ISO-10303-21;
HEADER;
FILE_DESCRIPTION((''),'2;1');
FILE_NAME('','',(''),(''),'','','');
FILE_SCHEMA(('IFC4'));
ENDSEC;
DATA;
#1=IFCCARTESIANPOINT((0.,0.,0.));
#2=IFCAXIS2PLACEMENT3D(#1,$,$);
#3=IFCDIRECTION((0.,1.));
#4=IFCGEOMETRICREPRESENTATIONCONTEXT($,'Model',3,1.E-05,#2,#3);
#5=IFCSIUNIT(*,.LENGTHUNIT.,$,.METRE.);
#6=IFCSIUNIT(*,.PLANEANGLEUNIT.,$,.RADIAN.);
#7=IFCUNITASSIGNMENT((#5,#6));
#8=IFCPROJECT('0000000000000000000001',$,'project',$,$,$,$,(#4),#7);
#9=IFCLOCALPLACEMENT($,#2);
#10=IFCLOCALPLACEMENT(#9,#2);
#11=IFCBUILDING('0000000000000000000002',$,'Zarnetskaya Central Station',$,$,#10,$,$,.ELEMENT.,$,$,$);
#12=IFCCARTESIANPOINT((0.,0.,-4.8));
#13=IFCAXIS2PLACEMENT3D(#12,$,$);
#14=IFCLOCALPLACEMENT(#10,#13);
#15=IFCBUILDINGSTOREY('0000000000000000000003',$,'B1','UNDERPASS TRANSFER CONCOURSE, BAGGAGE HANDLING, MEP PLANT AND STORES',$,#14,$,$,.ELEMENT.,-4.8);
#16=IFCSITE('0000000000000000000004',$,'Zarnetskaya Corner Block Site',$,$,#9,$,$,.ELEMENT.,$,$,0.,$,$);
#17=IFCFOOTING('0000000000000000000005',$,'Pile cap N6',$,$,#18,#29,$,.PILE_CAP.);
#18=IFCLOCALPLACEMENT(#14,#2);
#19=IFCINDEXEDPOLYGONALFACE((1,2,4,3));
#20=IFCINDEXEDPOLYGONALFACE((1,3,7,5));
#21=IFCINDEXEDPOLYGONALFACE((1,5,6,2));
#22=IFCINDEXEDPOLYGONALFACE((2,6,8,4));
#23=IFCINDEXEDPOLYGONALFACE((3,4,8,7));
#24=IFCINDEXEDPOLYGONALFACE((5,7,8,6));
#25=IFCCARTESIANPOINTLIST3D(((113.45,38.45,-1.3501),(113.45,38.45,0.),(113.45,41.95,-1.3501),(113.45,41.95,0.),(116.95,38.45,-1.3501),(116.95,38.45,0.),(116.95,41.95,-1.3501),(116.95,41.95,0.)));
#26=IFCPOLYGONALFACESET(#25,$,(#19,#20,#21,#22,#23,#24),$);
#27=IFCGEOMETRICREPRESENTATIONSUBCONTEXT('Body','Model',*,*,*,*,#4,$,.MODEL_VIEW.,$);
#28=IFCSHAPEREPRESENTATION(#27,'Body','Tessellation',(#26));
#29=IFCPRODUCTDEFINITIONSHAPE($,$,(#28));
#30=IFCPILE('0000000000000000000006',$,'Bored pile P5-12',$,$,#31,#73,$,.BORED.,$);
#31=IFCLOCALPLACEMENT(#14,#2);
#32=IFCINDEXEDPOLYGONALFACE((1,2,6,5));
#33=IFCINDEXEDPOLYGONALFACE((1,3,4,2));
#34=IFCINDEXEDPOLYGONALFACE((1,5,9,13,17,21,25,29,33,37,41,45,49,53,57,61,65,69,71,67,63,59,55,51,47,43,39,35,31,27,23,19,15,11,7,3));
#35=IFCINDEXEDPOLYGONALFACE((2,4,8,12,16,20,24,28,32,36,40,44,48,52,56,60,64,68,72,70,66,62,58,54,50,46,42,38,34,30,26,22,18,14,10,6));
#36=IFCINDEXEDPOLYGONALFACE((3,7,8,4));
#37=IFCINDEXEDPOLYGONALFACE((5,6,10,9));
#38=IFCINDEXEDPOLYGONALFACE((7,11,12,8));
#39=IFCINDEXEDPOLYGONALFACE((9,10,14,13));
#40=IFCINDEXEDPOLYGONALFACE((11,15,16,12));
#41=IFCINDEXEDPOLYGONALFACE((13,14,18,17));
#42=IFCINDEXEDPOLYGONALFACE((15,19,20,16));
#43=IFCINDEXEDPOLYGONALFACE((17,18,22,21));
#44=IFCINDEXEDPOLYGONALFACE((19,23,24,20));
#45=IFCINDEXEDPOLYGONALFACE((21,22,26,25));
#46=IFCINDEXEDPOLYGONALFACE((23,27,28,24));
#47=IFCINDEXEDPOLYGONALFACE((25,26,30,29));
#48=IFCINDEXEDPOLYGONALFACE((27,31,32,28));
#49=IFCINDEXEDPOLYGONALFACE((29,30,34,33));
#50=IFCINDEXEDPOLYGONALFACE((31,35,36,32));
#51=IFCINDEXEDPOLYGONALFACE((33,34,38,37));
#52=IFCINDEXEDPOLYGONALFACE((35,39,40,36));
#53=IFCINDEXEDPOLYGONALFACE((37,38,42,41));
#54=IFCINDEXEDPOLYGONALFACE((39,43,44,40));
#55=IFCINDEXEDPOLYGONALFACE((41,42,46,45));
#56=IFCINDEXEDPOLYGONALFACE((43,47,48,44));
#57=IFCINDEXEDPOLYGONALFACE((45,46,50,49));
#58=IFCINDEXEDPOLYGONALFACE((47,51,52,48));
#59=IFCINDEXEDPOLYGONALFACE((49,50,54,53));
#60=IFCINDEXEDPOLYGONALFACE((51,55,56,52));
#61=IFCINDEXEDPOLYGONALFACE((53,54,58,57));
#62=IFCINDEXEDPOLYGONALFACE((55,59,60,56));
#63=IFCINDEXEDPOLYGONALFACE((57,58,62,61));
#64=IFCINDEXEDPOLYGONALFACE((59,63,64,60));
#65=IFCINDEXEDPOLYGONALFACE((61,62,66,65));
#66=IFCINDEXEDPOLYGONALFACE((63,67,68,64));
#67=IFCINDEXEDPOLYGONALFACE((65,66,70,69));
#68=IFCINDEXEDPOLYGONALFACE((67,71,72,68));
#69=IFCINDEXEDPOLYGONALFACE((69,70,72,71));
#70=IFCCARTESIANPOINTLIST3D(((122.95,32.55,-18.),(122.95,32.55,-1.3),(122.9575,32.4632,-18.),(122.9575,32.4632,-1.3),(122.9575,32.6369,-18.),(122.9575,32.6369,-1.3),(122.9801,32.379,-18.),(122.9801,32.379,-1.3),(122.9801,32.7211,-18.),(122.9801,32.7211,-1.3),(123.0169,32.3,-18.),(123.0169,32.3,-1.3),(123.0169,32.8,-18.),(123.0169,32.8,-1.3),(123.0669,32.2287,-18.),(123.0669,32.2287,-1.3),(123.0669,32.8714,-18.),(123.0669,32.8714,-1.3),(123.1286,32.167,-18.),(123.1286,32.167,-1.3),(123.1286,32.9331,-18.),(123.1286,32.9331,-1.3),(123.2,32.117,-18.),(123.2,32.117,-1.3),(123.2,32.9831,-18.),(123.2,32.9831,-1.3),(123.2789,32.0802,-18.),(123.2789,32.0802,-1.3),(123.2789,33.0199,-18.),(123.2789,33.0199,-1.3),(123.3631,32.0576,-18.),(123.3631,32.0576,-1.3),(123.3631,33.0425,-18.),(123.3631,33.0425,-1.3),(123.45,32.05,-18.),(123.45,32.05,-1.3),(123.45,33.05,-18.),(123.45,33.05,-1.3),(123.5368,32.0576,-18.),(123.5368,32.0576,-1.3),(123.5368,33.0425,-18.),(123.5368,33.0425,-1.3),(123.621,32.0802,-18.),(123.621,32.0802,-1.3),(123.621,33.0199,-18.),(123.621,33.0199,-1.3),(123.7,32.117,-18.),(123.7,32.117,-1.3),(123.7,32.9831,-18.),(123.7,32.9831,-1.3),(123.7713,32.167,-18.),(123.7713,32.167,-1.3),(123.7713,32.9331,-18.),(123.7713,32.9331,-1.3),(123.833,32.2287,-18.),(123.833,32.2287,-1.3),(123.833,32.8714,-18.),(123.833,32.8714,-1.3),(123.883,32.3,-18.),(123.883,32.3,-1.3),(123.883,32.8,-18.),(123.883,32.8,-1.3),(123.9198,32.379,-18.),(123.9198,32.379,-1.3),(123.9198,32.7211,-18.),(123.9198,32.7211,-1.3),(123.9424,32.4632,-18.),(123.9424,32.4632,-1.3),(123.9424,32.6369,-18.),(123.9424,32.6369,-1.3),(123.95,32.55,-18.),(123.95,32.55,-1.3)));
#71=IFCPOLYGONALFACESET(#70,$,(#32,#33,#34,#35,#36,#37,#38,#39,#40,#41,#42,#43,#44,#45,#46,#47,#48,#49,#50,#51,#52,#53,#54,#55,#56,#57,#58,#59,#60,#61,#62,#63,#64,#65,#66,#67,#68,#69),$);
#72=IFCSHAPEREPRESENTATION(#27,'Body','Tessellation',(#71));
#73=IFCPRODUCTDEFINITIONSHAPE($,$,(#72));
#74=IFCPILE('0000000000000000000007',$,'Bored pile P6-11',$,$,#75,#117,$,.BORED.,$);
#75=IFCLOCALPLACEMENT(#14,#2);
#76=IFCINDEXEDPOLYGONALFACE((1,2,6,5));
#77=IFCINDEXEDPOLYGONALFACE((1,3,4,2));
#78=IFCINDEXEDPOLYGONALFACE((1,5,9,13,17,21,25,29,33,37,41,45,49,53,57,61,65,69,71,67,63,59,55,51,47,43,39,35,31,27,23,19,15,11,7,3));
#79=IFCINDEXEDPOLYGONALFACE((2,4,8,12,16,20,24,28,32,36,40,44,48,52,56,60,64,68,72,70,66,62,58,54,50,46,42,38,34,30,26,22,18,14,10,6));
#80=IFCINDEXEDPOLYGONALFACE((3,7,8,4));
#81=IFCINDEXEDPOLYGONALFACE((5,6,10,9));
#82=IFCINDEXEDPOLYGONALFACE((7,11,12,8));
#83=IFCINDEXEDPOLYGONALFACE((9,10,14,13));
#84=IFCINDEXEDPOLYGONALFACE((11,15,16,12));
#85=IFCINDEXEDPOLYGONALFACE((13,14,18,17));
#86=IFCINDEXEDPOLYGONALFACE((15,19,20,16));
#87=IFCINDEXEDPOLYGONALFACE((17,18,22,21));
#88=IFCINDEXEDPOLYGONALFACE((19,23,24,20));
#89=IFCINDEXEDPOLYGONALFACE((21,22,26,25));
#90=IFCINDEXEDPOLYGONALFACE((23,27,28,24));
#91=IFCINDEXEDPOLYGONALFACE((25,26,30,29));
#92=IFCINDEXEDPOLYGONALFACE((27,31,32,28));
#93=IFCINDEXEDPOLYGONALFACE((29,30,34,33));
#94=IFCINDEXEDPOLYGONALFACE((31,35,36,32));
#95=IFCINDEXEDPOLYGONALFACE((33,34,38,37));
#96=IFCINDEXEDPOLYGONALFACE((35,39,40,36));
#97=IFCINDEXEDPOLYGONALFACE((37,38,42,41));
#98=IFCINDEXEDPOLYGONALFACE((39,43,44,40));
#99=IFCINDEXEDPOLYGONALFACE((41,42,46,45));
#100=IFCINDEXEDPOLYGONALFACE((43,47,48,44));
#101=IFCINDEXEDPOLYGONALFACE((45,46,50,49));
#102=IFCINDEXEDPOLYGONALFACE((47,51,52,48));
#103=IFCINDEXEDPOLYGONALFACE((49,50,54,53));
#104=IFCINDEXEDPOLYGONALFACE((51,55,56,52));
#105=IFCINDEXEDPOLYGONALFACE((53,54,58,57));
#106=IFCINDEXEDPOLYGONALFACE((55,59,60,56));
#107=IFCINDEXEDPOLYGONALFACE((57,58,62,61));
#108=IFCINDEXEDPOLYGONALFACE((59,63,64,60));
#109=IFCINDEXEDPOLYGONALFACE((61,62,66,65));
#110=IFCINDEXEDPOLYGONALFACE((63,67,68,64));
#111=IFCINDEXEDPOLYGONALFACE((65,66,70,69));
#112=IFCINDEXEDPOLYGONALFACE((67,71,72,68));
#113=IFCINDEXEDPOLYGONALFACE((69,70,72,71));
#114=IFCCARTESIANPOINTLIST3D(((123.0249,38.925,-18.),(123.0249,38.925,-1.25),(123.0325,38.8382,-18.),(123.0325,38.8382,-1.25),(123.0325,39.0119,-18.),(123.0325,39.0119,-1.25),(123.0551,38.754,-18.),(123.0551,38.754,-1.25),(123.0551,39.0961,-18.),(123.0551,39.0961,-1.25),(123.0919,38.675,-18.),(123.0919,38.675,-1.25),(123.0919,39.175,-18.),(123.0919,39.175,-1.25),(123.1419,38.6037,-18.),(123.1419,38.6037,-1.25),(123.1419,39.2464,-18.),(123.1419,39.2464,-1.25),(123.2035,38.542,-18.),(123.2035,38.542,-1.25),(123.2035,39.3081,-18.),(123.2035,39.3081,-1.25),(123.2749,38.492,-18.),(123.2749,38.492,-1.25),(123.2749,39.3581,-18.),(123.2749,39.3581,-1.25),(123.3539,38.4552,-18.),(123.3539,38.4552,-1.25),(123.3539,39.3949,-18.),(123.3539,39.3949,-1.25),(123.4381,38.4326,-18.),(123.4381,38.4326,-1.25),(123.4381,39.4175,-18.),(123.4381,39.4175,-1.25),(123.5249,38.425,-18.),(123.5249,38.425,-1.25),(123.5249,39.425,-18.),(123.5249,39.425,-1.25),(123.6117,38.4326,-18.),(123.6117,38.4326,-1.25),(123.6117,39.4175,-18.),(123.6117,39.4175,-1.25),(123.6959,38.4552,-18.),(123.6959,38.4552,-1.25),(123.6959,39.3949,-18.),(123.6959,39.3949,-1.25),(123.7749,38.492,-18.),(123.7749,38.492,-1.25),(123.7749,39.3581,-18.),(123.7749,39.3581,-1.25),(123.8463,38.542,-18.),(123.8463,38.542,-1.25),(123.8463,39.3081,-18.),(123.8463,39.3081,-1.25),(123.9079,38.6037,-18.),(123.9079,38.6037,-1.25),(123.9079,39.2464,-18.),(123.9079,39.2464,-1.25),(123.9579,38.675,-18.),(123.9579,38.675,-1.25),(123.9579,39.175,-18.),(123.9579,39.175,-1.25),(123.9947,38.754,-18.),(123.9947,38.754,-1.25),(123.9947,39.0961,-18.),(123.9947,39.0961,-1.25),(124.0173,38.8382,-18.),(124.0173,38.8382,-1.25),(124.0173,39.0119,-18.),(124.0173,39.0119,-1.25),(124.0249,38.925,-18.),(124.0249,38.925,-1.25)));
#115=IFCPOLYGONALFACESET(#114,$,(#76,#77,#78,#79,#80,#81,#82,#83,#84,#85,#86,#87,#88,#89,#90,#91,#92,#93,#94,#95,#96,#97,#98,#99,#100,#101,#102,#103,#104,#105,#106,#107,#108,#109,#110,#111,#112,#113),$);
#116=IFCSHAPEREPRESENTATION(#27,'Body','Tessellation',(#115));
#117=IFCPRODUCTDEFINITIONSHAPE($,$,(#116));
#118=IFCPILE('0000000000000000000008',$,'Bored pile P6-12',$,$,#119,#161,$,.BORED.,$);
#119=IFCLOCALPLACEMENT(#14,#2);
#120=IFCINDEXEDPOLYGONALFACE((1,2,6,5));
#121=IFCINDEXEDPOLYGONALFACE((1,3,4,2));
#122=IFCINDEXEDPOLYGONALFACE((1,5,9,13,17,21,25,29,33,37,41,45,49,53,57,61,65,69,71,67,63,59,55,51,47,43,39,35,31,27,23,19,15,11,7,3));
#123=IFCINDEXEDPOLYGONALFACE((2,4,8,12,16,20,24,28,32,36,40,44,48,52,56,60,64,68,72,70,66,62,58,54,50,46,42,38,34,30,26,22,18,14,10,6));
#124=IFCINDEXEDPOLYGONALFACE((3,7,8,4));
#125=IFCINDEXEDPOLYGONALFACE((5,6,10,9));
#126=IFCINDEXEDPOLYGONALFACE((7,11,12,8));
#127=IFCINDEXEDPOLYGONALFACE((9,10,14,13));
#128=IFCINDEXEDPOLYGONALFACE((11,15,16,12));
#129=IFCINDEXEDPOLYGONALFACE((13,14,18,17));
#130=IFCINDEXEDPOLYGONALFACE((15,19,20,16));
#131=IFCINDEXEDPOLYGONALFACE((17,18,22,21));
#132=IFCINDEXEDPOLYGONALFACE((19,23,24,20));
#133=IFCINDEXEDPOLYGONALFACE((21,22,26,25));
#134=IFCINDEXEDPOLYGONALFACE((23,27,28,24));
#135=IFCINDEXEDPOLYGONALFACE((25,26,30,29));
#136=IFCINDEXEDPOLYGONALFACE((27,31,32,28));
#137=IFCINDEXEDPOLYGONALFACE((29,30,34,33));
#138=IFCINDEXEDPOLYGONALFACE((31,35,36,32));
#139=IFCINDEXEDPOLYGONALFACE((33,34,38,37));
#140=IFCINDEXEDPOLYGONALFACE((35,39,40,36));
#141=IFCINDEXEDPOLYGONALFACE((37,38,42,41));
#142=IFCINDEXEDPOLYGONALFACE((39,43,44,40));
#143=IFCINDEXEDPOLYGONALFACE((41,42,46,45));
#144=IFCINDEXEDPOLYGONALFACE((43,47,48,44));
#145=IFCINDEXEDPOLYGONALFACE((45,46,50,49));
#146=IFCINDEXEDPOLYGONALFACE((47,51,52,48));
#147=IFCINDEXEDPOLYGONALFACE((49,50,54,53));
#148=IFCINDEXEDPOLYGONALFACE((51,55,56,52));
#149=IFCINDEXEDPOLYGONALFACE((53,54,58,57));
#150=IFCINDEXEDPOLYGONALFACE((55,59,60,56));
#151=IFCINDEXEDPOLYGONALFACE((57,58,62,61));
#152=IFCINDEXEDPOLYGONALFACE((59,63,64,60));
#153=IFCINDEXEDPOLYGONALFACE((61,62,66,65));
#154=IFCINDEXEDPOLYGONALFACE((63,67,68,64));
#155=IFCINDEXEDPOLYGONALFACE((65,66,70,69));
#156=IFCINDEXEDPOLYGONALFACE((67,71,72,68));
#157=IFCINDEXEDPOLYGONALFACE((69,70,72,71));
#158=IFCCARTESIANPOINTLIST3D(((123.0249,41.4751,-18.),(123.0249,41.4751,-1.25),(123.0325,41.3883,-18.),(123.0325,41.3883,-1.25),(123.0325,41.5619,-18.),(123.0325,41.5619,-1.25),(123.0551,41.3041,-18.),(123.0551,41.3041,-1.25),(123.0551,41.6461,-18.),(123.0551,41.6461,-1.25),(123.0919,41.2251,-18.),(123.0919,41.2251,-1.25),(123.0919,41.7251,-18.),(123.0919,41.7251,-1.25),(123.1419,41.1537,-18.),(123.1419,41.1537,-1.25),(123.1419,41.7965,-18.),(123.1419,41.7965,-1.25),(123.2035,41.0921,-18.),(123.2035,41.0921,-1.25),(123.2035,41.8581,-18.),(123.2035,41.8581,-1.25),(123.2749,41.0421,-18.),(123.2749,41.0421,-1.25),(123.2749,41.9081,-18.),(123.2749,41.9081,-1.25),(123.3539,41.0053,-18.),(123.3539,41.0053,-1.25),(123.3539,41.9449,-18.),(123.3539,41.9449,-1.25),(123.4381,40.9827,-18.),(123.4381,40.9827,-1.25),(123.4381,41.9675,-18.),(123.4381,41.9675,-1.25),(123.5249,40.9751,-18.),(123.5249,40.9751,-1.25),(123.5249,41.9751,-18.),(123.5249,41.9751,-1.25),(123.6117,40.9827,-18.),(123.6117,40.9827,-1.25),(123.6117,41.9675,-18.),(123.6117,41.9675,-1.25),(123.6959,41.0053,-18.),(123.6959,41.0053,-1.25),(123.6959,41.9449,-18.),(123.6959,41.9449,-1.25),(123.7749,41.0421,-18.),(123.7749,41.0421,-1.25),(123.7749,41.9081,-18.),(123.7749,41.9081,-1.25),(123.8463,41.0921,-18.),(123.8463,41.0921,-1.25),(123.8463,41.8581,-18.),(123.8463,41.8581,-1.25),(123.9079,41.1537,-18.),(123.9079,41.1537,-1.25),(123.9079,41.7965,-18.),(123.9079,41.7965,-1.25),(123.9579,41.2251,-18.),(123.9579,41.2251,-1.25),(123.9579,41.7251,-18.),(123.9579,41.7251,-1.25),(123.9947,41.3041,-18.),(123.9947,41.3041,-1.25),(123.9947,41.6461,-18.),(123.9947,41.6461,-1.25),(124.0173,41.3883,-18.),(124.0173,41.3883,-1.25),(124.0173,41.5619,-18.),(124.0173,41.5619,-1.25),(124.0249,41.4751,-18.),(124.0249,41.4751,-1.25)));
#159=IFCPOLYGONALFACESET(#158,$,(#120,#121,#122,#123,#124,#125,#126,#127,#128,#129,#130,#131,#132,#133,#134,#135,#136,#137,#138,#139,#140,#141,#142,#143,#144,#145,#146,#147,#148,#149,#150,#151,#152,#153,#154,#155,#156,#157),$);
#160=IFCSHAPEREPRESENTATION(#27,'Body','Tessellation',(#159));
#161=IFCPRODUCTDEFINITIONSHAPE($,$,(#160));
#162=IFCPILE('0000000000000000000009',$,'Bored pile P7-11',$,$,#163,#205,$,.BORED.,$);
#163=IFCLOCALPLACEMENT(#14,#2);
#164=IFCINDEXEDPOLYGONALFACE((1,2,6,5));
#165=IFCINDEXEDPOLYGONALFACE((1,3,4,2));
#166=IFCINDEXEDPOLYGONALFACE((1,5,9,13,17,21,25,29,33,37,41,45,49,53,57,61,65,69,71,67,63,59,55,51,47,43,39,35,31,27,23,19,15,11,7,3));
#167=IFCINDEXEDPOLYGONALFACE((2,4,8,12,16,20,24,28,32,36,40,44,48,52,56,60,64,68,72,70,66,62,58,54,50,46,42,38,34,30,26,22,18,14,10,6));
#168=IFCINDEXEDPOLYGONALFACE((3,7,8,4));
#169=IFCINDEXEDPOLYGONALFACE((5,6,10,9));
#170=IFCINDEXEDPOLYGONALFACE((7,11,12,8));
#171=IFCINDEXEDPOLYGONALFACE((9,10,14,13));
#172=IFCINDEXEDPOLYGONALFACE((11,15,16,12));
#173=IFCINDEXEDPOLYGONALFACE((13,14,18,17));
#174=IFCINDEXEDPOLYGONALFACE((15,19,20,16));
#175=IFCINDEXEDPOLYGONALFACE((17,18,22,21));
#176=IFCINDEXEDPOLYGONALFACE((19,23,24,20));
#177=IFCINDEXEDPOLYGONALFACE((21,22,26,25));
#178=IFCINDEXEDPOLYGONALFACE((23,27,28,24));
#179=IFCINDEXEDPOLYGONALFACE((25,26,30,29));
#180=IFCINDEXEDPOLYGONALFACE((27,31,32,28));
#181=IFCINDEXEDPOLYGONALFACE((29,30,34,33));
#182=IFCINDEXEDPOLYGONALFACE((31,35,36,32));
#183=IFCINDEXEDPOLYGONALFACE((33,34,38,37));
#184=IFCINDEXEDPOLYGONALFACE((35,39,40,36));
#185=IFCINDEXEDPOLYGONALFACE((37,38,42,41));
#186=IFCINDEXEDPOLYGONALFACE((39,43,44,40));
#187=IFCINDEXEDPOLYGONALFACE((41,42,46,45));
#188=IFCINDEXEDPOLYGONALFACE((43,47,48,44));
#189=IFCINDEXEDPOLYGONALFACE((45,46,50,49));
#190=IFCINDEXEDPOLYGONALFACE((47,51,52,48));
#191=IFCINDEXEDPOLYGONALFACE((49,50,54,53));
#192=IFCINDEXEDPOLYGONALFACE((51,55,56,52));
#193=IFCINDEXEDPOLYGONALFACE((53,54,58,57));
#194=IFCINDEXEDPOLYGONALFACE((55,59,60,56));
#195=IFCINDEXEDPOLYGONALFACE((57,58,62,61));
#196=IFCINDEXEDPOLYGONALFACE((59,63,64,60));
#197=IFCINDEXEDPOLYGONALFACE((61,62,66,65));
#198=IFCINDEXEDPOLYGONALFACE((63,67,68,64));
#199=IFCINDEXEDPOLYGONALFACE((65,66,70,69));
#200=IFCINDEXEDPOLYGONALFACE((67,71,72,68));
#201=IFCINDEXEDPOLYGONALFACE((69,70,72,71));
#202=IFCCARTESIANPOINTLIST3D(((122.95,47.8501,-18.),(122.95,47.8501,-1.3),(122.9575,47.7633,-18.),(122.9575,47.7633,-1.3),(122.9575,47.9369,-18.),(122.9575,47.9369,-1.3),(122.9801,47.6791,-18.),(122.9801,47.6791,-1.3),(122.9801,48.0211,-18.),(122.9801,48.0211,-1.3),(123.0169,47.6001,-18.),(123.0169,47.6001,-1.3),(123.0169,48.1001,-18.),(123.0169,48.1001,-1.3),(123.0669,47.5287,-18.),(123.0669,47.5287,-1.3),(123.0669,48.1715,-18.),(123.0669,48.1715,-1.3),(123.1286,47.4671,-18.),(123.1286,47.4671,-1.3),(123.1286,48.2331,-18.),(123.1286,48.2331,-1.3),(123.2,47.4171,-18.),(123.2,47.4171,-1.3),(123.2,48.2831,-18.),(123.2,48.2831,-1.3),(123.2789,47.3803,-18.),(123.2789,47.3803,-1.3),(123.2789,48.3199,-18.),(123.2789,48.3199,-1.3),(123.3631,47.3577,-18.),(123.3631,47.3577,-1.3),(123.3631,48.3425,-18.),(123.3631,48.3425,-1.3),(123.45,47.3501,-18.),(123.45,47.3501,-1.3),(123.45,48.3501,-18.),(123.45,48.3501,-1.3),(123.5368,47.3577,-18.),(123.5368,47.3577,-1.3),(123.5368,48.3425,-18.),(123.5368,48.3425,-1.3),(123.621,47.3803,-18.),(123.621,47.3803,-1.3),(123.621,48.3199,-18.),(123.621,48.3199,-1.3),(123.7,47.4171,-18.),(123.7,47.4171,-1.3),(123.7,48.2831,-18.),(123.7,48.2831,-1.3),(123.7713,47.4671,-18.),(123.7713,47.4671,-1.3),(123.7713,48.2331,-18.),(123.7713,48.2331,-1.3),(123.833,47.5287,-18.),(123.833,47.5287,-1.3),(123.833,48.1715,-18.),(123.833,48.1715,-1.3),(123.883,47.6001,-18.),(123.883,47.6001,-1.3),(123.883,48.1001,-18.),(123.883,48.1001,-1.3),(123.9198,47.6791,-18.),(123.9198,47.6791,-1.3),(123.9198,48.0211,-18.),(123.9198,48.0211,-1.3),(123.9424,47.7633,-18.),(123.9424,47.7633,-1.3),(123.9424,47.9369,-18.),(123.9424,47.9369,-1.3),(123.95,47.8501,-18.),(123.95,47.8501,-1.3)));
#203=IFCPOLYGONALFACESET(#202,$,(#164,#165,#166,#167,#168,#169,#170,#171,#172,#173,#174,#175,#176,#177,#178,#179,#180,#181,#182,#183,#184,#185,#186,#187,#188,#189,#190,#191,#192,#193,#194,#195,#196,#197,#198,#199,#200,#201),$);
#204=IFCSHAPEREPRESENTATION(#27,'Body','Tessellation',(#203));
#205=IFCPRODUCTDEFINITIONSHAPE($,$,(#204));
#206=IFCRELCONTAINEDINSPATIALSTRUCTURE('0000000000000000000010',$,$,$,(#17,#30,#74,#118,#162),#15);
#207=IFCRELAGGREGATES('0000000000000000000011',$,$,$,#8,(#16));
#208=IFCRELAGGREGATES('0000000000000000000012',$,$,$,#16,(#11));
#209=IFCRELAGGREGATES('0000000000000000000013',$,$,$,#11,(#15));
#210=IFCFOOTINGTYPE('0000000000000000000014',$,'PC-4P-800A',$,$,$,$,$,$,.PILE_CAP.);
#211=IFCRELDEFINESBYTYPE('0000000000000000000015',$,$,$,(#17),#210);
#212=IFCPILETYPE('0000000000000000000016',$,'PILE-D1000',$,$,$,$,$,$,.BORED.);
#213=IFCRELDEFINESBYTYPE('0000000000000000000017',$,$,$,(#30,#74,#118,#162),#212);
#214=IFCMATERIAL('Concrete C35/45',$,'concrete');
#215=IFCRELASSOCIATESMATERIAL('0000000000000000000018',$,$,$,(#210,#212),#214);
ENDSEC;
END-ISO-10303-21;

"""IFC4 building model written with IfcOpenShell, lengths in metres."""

from ifc_helpers import new_model, si_unit, direction, frame, origin, origin_2d, place, context, subcontext, project, spatial, rectangle, circle, extrude, material, material_profile, profile_set, type_object, element, save


model = new_model("IFC4")

# Units and contexts
model_context = context("Model", 3, precision=1e-05, world=origin(), true_north=direction((0.0, 1.0)))
body_context = subcontext(model_context, "Body", "Model", "MODEL_VIEW")
ifc_project = project(units=[si_unit("LENGTHUNIT", "METRE"), si_unit("PLANEANGLEUNIT", "RADIAN")], contexts=[model_context])

# Site, building, storey
site_placement = place(None, origin())
site = spatial("IfcSite", under=ifc_project, at=site_placement, Name="Zarnetskaya Corner Block Site", CompositionType="ELEMENT", RefElevation=0.0)
building_placement = place(site_placement, origin())
building = spatial("IfcBuilding", under=site, at=building_placement, Name="Zarnetskaya Central Station", CompositionType="ELEMENT")
storey_placement = place(building_placement, frame((0.0, 0.0, -4.8)))
storey = spatial("IfcBuildingStorey", under=building, at=storey_placement, Name="B1", Description="UNDERPASS TRANSFER CONCOURSE, BAGGAGE HANDLING, MEP PLANT AND STORES", CompositionType="ELEMENT", Elevation=-4.8)

# Footing
ifc_material_1 = material(Name="Concrete C35/45", Category="concrete")
footing_type = type_object("IfcFootingType", Name="PC-4P-800A", PredefinedType="PILE_CAP", material=ifc_material_1)
footing_placement = place(storey_placement, frame((115.2, 40.2, -1.3501), z_axis=(0.0, 0.0, 1.0), x_axis=(1.0, 0.0, 0.0)))
element("IfcFooting", 1, at=footing_placement, inside=storey, type_object=footing_type, Name="Pile cap N6", PredefinedType="PILE_CAP", context=body_context, shape_type="SweptSolid", body=[
    extrude(rectangle(XDim=3.5, YDim=3.5, at=origin_2d()), origin(), (0.0, 0.0, 1.0), 1.3501),
])

# Piles
ifc_material_profile_1 = material_profile(ifc_material_1, circle(Radius=0.5, at=origin_2d()), Name="BORED PILE D1000")
ifc_profile_set_1 = profile_set([ifc_material_profile_1], Name="Concrete C35/45")
pile_type_1 = type_object("IfcPileType", Name="PILE-D1000", PredefinedType="BORED", material=ifc_profile_set_1)
pile_1_placement = place(storey_placement, frame((123.45, 32.55, -1.3), z_axis=(0.0, 0.0, -1.0), x_axis=(1.0, 0.0, 0.0)))
element("IfcPile", 2, at=pile_1_placement, inside=storey, type_object=pile_type_1, Name="Bored pile P5-12", PredefinedType="BORED", context=body_context, shape_type="SweptSolid", body=[
    extrude(circle(Radius=0.5, at=origin_2d()), origin(), (0.0, 0.0, 1.0), 16.7),
])
for number, where, z_axis, x_axis, name in (
    (3, (123.5249, 38.925, -1.25), (0.0, 0.0, -1.0), (1.0, 0.0, 0.0), "Bored pile P6-11"),
    (4, (123.5249, 41.4751, -1.25), (0.0, 0.0, -1.0), (1.0, 0.0, 0.0), "Bored pile P6-12"),
):
    element("IfcPile", number, at=place(storey_placement, frame(where, z_axis=z_axis, x_axis=x_axis)), inside=storey, type_object=pile_type_1, Name=name, PredefinedType="BORED", context=body_context, shape_type="SweptSolid", body=[
        extrude(circle(Radius=0.5, at=origin_2d()), origin(), (0.0, 0.0, 1.0), 16.75),
    ])
pile_2_placement = place(storey_placement, frame((123.45, 47.8501, -1.3), z_axis=(0.0, 0.0, -1.0), x_axis=(1.0, 0.0, 0.0)))
element("IfcPile", 5, at=pile_2_placement, inside=storey, type_object=pile_type_1, Name="Bored pile P7-11", PredefinedType="BORED", context=body_context, shape_type="SweptSolid", body=[
    extrude(circle(Radius=0.5, at=origin_2d()), origin(), (0.0, 0.0, 1.0), 16.7),
])

save(model, "model.ifc")
